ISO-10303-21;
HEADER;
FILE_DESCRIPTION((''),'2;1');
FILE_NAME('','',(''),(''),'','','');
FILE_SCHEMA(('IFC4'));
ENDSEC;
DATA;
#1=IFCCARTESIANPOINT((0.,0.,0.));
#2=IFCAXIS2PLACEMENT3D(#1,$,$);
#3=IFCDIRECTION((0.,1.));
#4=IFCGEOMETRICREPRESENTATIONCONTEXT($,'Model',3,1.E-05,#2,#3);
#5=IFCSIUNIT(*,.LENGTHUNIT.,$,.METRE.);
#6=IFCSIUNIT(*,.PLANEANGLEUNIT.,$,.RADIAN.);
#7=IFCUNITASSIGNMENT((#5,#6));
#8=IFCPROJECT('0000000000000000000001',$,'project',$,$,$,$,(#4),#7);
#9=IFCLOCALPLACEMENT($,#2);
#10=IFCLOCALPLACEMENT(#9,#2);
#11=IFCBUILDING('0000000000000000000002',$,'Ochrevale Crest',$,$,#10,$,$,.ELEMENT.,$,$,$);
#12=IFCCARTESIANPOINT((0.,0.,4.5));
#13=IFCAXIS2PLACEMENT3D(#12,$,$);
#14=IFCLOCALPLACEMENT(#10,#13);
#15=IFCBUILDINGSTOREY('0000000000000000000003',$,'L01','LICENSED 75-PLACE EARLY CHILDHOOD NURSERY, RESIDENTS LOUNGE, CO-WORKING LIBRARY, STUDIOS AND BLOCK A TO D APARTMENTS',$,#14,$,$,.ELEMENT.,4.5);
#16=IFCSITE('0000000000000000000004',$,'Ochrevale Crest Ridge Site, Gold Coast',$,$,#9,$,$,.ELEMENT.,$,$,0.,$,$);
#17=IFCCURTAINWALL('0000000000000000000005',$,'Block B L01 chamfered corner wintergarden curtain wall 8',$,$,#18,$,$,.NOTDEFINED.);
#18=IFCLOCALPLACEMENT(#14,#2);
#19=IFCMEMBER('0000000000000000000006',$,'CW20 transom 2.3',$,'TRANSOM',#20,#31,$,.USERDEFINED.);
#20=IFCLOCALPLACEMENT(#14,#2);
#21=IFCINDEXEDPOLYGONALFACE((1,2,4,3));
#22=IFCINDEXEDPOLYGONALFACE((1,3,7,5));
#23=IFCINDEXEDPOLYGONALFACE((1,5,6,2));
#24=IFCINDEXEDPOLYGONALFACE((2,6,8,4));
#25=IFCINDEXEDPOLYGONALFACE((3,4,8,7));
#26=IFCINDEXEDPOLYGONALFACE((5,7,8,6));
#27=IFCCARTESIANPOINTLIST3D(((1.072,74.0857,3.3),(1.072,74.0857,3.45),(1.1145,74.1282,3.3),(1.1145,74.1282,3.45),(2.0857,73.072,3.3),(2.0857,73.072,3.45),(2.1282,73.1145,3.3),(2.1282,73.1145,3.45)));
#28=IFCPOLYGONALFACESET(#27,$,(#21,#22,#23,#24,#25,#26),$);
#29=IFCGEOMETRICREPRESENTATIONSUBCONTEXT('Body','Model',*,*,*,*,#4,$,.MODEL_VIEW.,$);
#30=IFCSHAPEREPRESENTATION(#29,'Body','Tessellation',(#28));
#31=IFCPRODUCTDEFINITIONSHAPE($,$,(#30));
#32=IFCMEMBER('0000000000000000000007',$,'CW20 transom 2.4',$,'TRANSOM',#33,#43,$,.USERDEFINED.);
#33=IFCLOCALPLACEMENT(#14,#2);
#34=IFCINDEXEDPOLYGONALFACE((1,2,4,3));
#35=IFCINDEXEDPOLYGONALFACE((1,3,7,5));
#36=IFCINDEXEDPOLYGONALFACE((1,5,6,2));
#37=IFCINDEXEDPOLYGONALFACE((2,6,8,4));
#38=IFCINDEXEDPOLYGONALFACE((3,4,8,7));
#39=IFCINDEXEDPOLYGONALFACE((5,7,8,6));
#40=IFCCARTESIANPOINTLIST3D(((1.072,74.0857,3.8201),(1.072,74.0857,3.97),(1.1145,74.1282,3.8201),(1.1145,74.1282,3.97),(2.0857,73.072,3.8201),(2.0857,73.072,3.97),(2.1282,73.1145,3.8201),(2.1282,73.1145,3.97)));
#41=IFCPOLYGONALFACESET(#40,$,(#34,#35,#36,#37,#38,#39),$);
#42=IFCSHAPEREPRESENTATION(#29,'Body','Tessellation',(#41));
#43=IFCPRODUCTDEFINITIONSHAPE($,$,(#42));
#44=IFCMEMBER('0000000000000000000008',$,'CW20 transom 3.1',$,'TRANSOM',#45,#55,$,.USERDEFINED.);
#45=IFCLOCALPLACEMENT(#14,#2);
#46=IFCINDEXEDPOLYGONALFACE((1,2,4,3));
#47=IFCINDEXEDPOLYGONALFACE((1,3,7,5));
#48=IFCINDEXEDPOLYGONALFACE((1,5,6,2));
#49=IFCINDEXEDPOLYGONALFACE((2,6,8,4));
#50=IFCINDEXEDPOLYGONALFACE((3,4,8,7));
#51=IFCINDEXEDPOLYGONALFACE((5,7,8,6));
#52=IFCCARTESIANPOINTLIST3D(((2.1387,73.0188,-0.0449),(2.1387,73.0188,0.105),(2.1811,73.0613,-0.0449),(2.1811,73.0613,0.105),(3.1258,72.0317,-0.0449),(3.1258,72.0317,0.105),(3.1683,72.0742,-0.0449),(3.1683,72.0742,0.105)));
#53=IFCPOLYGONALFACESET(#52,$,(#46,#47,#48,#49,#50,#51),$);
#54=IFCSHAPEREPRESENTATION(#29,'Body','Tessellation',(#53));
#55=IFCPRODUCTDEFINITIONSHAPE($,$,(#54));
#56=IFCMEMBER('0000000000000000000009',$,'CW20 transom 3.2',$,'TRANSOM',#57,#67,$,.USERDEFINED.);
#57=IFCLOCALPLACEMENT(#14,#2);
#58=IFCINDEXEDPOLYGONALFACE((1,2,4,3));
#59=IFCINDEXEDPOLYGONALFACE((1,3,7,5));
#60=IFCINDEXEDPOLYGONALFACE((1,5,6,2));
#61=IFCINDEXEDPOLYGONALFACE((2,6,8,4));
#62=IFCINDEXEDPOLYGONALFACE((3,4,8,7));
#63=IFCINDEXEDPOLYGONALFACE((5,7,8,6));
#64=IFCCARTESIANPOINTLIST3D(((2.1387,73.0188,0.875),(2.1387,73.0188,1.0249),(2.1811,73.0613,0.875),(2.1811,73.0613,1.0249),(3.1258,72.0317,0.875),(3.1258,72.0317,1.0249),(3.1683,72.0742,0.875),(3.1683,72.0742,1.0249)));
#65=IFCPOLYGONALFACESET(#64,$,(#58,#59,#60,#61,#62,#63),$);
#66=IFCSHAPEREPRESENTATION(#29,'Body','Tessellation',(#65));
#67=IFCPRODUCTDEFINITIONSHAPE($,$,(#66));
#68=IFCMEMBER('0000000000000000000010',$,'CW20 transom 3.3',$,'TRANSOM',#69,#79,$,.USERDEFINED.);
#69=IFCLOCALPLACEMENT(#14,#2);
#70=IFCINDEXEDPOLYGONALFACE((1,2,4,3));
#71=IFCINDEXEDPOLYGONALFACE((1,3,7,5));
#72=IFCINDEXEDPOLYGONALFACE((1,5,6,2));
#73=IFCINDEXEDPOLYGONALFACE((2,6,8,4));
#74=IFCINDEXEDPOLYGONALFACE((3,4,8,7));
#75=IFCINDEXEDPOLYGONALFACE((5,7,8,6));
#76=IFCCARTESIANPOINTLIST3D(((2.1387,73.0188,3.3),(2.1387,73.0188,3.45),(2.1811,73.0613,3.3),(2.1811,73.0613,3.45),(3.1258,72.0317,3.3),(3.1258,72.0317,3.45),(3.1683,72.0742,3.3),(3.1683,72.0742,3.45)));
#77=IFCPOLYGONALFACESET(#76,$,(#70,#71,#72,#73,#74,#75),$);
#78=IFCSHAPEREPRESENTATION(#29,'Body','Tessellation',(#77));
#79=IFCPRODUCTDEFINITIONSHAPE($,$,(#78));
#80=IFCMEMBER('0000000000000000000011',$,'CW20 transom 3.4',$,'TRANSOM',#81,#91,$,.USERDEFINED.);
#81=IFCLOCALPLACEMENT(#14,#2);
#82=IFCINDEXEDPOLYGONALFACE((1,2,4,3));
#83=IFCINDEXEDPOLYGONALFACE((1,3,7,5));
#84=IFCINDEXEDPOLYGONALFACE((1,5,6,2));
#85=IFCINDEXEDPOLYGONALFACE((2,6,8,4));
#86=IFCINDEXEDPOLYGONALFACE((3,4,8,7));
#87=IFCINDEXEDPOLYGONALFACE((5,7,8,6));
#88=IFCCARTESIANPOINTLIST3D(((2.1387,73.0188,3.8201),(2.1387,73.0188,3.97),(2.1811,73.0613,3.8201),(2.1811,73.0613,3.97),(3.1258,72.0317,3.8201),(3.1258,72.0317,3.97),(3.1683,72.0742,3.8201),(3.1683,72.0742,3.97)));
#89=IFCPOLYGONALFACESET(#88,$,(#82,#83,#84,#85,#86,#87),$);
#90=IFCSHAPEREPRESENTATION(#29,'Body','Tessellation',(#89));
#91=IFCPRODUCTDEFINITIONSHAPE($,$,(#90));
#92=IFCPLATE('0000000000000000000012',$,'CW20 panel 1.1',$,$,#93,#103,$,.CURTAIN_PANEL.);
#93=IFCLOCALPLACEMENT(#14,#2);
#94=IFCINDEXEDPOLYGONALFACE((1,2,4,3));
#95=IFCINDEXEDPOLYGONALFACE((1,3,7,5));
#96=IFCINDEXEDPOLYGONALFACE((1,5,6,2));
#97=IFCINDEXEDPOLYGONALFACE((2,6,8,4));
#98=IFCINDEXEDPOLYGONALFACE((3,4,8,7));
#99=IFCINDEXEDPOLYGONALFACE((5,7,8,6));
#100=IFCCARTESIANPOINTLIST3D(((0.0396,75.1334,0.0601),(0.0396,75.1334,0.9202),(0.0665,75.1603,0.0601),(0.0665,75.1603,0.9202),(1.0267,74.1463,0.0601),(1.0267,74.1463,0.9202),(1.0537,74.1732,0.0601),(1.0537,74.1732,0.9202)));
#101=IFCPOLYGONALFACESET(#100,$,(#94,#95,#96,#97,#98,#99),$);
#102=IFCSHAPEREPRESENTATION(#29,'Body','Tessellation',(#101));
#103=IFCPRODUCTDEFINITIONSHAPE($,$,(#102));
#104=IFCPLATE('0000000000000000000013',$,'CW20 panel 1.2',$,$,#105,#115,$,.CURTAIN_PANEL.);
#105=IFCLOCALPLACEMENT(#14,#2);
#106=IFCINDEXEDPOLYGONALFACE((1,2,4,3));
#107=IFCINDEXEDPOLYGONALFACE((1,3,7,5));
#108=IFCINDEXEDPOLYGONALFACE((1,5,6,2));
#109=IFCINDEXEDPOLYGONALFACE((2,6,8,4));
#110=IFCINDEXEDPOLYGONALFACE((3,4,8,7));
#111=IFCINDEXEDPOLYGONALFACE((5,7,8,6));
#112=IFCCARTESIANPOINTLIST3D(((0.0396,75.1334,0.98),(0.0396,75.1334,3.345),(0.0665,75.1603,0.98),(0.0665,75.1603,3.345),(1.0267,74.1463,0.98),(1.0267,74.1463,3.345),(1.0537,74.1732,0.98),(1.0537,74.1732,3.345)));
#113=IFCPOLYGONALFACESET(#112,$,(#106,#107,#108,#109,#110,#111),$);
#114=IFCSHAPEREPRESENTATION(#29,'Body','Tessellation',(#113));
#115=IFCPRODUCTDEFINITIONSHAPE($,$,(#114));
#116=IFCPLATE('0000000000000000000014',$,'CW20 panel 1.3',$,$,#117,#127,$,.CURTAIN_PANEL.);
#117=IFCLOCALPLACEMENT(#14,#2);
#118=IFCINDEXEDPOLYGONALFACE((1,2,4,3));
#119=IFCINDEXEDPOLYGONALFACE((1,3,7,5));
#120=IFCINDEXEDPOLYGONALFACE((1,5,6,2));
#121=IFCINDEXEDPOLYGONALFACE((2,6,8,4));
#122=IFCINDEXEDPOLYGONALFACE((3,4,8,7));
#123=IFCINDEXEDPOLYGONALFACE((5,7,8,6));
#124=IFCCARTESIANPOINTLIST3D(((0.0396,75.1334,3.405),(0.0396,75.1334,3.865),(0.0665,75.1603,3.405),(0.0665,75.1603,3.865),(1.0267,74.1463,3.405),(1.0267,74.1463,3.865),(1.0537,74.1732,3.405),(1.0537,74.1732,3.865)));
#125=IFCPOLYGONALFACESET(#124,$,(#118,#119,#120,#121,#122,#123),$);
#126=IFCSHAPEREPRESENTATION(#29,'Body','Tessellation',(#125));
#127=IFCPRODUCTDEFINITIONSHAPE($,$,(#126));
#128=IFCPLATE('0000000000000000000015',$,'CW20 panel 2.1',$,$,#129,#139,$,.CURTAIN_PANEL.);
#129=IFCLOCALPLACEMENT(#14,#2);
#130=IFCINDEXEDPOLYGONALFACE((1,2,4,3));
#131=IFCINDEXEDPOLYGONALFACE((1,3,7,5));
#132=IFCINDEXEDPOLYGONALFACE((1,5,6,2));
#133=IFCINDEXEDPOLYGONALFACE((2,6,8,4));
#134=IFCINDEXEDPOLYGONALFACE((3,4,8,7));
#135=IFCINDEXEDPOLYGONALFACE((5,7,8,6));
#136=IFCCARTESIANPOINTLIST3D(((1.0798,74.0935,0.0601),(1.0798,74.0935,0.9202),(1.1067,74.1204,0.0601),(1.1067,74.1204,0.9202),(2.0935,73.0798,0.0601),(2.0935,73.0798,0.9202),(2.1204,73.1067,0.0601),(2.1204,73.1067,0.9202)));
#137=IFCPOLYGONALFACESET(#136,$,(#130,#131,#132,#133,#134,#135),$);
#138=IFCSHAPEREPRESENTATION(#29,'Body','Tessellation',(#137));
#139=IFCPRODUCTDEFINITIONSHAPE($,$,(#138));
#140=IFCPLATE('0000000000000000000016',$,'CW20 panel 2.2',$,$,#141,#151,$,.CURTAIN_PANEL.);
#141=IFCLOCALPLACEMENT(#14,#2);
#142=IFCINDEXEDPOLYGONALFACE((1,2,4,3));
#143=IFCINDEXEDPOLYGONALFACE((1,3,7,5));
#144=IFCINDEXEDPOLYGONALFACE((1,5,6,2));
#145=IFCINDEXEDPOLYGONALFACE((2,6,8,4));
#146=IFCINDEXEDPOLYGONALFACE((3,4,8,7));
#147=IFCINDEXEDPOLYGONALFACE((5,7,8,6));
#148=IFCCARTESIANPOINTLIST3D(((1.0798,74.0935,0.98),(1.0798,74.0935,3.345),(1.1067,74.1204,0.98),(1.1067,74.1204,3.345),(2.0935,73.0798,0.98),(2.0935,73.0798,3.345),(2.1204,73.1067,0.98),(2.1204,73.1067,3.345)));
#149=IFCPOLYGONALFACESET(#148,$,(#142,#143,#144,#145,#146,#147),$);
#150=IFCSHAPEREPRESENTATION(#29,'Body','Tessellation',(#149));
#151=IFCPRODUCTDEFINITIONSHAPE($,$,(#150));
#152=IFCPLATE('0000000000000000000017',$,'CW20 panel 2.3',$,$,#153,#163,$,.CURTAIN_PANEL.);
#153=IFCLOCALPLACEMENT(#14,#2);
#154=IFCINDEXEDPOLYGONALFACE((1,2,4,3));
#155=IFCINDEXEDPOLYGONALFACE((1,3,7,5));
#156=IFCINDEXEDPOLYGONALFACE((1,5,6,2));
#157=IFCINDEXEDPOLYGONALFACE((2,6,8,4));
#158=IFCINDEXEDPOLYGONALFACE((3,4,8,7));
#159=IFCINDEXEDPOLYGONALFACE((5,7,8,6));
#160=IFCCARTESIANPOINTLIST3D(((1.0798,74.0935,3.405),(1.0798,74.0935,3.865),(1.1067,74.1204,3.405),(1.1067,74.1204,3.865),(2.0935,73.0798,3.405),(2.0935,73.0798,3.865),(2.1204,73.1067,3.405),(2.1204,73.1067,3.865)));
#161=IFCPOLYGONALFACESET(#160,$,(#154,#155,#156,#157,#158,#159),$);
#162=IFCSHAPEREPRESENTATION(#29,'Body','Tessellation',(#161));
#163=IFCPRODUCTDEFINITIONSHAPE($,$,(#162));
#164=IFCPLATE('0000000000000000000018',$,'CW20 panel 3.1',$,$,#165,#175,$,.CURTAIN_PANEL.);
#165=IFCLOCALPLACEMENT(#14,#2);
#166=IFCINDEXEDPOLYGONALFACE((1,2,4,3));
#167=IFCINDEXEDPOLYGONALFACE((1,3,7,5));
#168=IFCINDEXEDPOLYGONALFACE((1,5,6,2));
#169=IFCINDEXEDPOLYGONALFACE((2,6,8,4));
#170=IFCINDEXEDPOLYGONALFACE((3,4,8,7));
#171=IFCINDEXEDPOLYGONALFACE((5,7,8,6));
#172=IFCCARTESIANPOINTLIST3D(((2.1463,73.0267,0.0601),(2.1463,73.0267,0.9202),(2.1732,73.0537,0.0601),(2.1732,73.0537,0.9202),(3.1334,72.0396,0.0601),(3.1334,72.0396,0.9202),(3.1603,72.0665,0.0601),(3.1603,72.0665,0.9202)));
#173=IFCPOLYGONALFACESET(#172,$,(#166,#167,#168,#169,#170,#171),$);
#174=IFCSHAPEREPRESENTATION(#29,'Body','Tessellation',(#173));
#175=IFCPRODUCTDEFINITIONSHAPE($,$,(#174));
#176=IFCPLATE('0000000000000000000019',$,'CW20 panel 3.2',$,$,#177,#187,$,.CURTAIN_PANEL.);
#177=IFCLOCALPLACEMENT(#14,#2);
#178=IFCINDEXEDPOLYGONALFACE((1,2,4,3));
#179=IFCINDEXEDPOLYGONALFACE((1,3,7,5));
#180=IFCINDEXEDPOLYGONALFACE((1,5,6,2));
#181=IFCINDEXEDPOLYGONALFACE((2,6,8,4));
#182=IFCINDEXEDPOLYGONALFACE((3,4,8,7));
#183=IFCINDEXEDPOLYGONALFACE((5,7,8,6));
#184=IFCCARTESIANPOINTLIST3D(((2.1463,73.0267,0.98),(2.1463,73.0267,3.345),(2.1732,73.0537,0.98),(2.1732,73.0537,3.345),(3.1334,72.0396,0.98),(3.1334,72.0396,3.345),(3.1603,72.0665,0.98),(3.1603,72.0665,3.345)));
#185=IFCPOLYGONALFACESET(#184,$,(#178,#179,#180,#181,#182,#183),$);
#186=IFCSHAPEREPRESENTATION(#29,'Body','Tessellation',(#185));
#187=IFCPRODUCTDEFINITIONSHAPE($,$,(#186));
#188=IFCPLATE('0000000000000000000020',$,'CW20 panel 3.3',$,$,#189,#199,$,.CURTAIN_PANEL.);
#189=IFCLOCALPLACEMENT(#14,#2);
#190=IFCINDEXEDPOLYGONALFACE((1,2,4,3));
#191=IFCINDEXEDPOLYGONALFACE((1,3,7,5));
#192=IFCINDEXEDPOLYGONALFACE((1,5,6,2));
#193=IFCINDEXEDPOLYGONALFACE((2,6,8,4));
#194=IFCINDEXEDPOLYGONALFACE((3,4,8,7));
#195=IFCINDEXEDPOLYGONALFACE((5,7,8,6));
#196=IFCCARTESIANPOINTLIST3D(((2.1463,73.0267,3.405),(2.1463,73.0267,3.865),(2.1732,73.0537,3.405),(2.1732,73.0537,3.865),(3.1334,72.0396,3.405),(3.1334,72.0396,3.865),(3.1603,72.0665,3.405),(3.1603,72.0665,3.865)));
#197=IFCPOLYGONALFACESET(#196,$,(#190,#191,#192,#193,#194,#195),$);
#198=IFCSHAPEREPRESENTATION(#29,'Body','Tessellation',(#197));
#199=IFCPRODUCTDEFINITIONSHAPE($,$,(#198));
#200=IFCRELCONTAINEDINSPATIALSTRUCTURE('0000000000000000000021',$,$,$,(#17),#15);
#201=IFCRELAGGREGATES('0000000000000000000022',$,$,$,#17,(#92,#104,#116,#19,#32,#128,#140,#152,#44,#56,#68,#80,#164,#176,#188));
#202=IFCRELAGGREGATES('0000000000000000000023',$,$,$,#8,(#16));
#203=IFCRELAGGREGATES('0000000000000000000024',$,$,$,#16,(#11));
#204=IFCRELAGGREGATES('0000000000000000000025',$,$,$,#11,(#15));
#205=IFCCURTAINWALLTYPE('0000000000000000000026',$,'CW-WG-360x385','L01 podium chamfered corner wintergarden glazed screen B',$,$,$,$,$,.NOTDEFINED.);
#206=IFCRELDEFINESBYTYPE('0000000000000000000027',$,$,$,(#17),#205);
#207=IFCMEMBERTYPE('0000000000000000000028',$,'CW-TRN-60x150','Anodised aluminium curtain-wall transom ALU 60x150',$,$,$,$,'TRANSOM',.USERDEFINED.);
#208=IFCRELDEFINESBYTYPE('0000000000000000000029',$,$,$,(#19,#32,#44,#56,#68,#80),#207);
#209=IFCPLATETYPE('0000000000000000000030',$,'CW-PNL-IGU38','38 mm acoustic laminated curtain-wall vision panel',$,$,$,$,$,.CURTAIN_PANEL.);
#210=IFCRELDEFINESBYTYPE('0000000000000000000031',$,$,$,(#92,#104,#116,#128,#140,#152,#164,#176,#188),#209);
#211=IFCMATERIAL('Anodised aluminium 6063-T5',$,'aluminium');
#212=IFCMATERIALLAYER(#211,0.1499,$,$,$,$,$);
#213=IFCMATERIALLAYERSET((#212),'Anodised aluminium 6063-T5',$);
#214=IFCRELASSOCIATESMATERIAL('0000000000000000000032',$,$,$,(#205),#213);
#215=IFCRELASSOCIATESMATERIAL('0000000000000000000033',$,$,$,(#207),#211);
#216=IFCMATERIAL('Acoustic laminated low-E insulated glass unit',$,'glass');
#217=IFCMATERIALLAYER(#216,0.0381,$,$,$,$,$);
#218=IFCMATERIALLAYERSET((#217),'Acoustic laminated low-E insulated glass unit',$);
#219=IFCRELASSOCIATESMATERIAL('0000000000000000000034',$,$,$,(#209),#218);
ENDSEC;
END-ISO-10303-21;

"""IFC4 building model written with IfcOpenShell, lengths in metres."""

from ifc_helpers import new_model, si_unit, direction, frame, origin, origin_2d, place, context, subcontext, project, spatial, rectangle, extrude, material, layer, layer_set, material_profile, profile_set, type_object, element, aggregate, save


model = new_model("IFC4")

# Units and contexts
model_context = context("Model", 3, precision=1e-05, world=origin(), true_north=direction((0.0, 1.0)))
body_context = subcontext(model_context, "Body", "Model", "MODEL_VIEW")
ifc_project = project(units=[si_unit("LENGTHUNIT", "METRE"), si_unit("PLANEANGLEUNIT", "RADIAN")], contexts=[model_context])

# Site, building, storey
site_placement = place(None, origin())
site = spatial("IfcSite", under=ifc_project, at=site_placement, Name="Ochrevale Crest Ridge Site, Gold Coast", CompositionType="ELEMENT", RefElevation=0.0)
building_placement = place(site_placement, origin())
building = spatial("IfcBuilding", under=site, at=building_placement, Name="Ochrevale Crest", CompositionType="ELEMENT")
storey_placement = place(building_placement, frame((0.0, 0.0, 4.5)))
storey = spatial("IfcBuildingStorey", under=building, at=storey_placement, Name="L01", Description="LICENSED 75-PLACE EARLY CHILDHOOD NURSERY, RESIDENTS LOUNGE, CO-WORKING LIBRARY, STUDIOS AND BLOCK A TO D APARTMENTS", CompositionType="ELEMENT", Elevation=4.5)

# Curtain wall, members, plates
ifc_material_1 = material(Name="Anodised aluminium 6063-T5", Category="aluminium")
ifc_layer_1 = layer(ifc_material_1, 0.1499)
ifc_layer_set_1 = layer_set([ifc_layer_1], Name="Anodised aluminium 6063-T5")
curtain_wall_type = type_object("IfcCurtainWallType", Name="CW-WG-360x385", Description="L01 podium chamfered corner wintergarden glazed screen B", PredefinedType="NOTDEFINED", material=ifc_layer_set_1)
curtain_wall_placement = place(storey_placement, origin())
curtain_wall = element("IfcCurtainWall", 1, at=curtain_wall_placement, inside=storey, type_object=curtain_wall_type, Name="Block B L01 chamfered corner wintergarden curtain wall 8", PredefinedType="NOTDEFINED")
ifc_material_profile_1 = material_profile(ifc_material_1, rectangle(XDim=0.0601, YDim=0.1499, at=origin_2d()), Name="ALU 60x150")
ifc_profile_set_1 = profile_set([ifc_material_profile_1], Name="Anodised aluminium 6063-T5")
member_type_1 = type_object("IfcMemberType", Name="CW-TRN-60x150", Description="Anodised aluminium curtain-wall transom ALU 60x150", ElementType="TRANSOM", PredefinedType="USERDEFINED", material=ifc_profile_set_1)
member_1_placement = place(storey_placement, frame((1.0933, 74.1069, 3.375), z_axis=(0.707107, -0.707107, 0.0), x_axis=(0.707107, 0.707107, 0.0)))
member_1 = element("IfcMember", 2, at=member_1_placement, type_object=member_type_1, Name="CW20 transom 2.3", ObjectType="TRANSOM", PredefinedType="USERDEFINED", context=body_context, shape_type="SweptSolid", body=[
    extrude(rectangle(XDim=0.0601, YDim=0.1499, at=origin_2d()), origin(), (0.0, 0.0, 1.0), 1.4336),
])
member_2_placement = place(storey_placement, frame((1.0933, 74.1069, 3.895), z_axis=(0.707107, -0.707107, 0.0), x_axis=(0.707107, 0.707107, 0.0)))
member_2 = element("IfcMember", 3, at=member_2_placement, type_object=member_type_1, Name="CW20 transom 2.4", ObjectType="TRANSOM", PredefinedType="USERDEFINED", context=body_context, shape_type="SweptSolid", body=[
    extrude(rectangle(XDim=0.0601, YDim=0.1499, at=origin_2d()), origin(), (0.0, 0.0, 1.0), 1.4336),
])
member_3_placement = place(storey_placement, frame((2.1599, 73.04, 0.03), z_axis=(0.707107, -0.707107, 0.0), x_axis=(0.707107, 0.707107, 0.0)))
member_3 = element("IfcMember", 4, at=member_3_placement, type_object=member_type_1, Name="CW20 transom 3.1", ObjectType="TRANSOM", PredefinedType="USERDEFINED", context=body_context, shape_type="SweptSolid", body=[
    extrude(rectangle(XDim=0.0601, YDim=0.1499, at=origin_2d()), origin(), (0.0, 0.0, 1.0), 1.396),
])
member_4_placement = place(storey_placement, frame((2.1599, 73.04, 0.95), z_axis=(0.707107, -0.707107, 0.0), x_axis=(0.707107, 0.707107, 0.0)))
member_4 = element("IfcMember", 5, at=member_4_placement, type_object=member_type_1, Name="CW20 transom 3.2", ObjectType="TRANSOM", PredefinedType="USERDEFINED", context=body_context, shape_type="SweptSolid", body=[
    extrude(rectangle(XDim=0.0601, YDim=0.1499, at=origin_2d()), origin(), (0.0, 0.0, 1.0), 1.396),
])
member_5_placement = place(storey_placement, frame((2.1599, 73.04, 3.375), z_axis=(0.707107, -0.707107, 0.0), x_axis=(0.707107, 0.707107, 0.0)))
member_5 = element("IfcMember", 6, at=member_5_placement, type_object=member_type_1, Name="CW20 transom 3.3", ObjectType="TRANSOM", PredefinedType="USERDEFINED", context=body_context, shape_type="SweptSolid", body=[
    extrude(rectangle(XDim=0.0601, YDim=0.1499, at=origin_2d()), origin(), (0.0, 0.0, 1.0), 1.396),
])
member_6_placement = place(storey_placement, frame((2.1599, 73.04, 3.895), z_axis=(0.707107, -0.707107, 0.0), x_axis=(0.707107, 0.707107, 0.0)))
member_6 = element("IfcMember", 7, at=member_6_placement, type_object=member_type_1, Name="CW20 transom 3.4", ObjectType="TRANSOM", PredefinedType="USERDEFINED", context=body_context, shape_type="SweptSolid", body=[
    extrude(rectangle(XDim=0.0601, YDim=0.1499, at=origin_2d()), origin(), (0.0, 0.0, 1.0), 1.396),
])
ifc_material_2 = material(Name="Acoustic laminated low-E insulated glass unit", Category="glass")
ifc_layer_2 = layer(ifc_material_2, 0.0381)
ifc_layer_set_2 = layer_set([ifc_layer_2], Name="Acoustic laminated low-E insulated glass unit")
plate_type = type_object("IfcPlateType", Name="CW-PNL-IGU38", Description="38 mm acoustic laminated curtain-wall vision panel", PredefinedType="CURTAIN_PANEL", material=ifc_layer_set_2)
plate_1_placement = place(storey_placement, frame((0.5466, 74.6533, 0.0601), z_axis=(0.0, 0.0, 1.0), x_axis=(0.707107, -0.707107, 0.0)))
plate_1 = element("IfcPlate", 8, at=plate_1_placement, type_object=plate_type, Name="CW20 panel 1.1", PredefinedType="CURTAIN_PANEL", context=body_context, shape_type="SweptSolid", body=[
    extrude(rectangle(XDim=1.396, YDim=0.0381, at=origin_2d()), origin(), (0.0, 0.0, 1.0), 0.8601),
])
plate_2_placement = place(storey_placement, frame((0.5466, 74.6533, 0.98), z_axis=(0.0, 0.0, 1.0), x_axis=(0.707107, -0.707107, 0.0)))
plate_2 = element("IfcPlate", 9, at=plate_2_placement, type_object=plate_type, Name="CW20 panel 1.2", PredefinedType="CURTAIN_PANEL", context=body_context, shape_type="SweptSolid", body=[
    extrude(rectangle(XDim=1.396, YDim=0.0381, at=origin_2d()), origin(), (0.0, 0.0, 1.0), 2.365),
])
plate_3_placement = place(storey_placement, frame((0.5466, 74.6533, 3.405), z_axis=(0.0, 0.0, 1.0), x_axis=(0.707107, -0.707107, 0.0)))
plate_3 = element("IfcPlate", 10, at=plate_3_placement, type_object=plate_type, Name="CW20 panel 1.3", PredefinedType="CURTAIN_PANEL", context=body_context, shape_type="SweptSolid", body=[
    extrude(rectangle(XDim=1.396, YDim=0.0381, at=origin_2d()), origin(), (0.0, 0.0, 1.0), 0.46),
])
plate_4_placement = place(storey_placement, frame((1.6001, 73.6001, 0.0601), z_axis=(0.0, 0.0, 1.0), x_axis=(0.707107, -0.707107, 0.0)))
plate_4 = element("IfcPlate", 11, at=plate_4_placement, type_object=plate_type, Name="CW20 panel 2.1", PredefinedType="CURTAIN_PANEL", context=body_context, shape_type="SweptSolid", body=[
    extrude(rectangle(XDim=1.4336, YDim=0.0381, at=origin_2d()), origin(), (0.0, 0.0, 1.0), 0.8601),
])
plate_5_placement = place(storey_placement, frame((1.6001, 73.6001, 0.98), z_axis=(0.0, 0.0, 1.0), x_axis=(0.707107, -0.707107, 0.0)))
plate_5 = element("IfcPlate", 12, at=plate_5_placement, type_object=plate_type, Name="CW20 panel 2.2", PredefinedType="CURTAIN_PANEL", context=body_context, shape_type="SweptSolid", body=[
    extrude(rectangle(XDim=1.4336, YDim=0.0381, at=origin_2d()), origin(), (0.0, 0.0, 1.0), 2.365),
])
plate_6_placement = place(storey_placement, frame((1.6001, 73.6001, 3.405), z_axis=(0.0, 0.0, 1.0), x_axis=(0.707107, -0.707107, 0.0)))
plate_6 = element("IfcPlate", 13, at=plate_6_placement, type_object=plate_type, Name="CW20 panel 2.3", PredefinedType="CURTAIN_PANEL", context=body_context, shape_type="SweptSolid", body=[
    extrude(rectangle(XDim=1.4336, YDim=0.0381, at=origin_2d()), origin(), (0.0, 0.0, 1.0), 0.46),
])
plate_7_placement = place(storey_placement, frame((2.6533, 72.5466, 0.0601), z_axis=(0.0, 0.0, 1.0), x_axis=(0.707107, -0.707107, 0.0)))
plate_7 = element("IfcPlate", 14, at=plate_7_placement, type_object=plate_type, Name="CW20 panel 3.1", PredefinedType="CURTAIN_PANEL", context=body_context, shape_type="SweptSolid", body=[
    extrude(rectangle(XDim=1.396, YDim=0.0381, at=origin_2d()), origin(), (0.0, 0.0, 1.0), 0.8601),
])
plate_8_placement = place(storey_placement, frame((2.6533, 72.5466, 0.98), z_axis=(0.0, 0.0, 1.0), x_axis=(0.707107, -0.707107, 0.0)))
plate_8 = element("IfcPlate", 15, at=plate_8_placement, type_object=plate_type, Name="CW20 panel 3.2", PredefinedType="CURTAIN_PANEL", context=body_context, shape_type="SweptSolid", body=[
    extrude(rectangle(XDim=1.396, YDim=0.0381, at=origin_2d()), origin(), (0.0, 0.0, 1.0), 2.365),
])
plate_9_placement = place(storey_placement, frame((2.6533, 72.5466, 3.405), z_axis=(0.0, 0.0, 1.0), x_axis=(0.707107, -0.707107, 0.0)))
plate_9 = element("IfcPlate", 16, at=plate_9_placement, type_object=plate_type, Name="CW20 panel 3.3", PredefinedType="CURTAIN_PANEL", context=body_context, shape_type="SweptSolid", body=[
    extrude(rectangle(XDim=1.396, YDim=0.0381, at=origin_2d()), origin(), (0.0, 0.0, 1.0), 0.46),
])
aggregate(curtain_wall, [plate_1, plate_2, plate_3, member_1, member_2, plate_4, plate_5, plate_6, member_3, member_4, member_5, member_6, plate_7, plate_8, plate_9])

save(model, "model.ifc")
